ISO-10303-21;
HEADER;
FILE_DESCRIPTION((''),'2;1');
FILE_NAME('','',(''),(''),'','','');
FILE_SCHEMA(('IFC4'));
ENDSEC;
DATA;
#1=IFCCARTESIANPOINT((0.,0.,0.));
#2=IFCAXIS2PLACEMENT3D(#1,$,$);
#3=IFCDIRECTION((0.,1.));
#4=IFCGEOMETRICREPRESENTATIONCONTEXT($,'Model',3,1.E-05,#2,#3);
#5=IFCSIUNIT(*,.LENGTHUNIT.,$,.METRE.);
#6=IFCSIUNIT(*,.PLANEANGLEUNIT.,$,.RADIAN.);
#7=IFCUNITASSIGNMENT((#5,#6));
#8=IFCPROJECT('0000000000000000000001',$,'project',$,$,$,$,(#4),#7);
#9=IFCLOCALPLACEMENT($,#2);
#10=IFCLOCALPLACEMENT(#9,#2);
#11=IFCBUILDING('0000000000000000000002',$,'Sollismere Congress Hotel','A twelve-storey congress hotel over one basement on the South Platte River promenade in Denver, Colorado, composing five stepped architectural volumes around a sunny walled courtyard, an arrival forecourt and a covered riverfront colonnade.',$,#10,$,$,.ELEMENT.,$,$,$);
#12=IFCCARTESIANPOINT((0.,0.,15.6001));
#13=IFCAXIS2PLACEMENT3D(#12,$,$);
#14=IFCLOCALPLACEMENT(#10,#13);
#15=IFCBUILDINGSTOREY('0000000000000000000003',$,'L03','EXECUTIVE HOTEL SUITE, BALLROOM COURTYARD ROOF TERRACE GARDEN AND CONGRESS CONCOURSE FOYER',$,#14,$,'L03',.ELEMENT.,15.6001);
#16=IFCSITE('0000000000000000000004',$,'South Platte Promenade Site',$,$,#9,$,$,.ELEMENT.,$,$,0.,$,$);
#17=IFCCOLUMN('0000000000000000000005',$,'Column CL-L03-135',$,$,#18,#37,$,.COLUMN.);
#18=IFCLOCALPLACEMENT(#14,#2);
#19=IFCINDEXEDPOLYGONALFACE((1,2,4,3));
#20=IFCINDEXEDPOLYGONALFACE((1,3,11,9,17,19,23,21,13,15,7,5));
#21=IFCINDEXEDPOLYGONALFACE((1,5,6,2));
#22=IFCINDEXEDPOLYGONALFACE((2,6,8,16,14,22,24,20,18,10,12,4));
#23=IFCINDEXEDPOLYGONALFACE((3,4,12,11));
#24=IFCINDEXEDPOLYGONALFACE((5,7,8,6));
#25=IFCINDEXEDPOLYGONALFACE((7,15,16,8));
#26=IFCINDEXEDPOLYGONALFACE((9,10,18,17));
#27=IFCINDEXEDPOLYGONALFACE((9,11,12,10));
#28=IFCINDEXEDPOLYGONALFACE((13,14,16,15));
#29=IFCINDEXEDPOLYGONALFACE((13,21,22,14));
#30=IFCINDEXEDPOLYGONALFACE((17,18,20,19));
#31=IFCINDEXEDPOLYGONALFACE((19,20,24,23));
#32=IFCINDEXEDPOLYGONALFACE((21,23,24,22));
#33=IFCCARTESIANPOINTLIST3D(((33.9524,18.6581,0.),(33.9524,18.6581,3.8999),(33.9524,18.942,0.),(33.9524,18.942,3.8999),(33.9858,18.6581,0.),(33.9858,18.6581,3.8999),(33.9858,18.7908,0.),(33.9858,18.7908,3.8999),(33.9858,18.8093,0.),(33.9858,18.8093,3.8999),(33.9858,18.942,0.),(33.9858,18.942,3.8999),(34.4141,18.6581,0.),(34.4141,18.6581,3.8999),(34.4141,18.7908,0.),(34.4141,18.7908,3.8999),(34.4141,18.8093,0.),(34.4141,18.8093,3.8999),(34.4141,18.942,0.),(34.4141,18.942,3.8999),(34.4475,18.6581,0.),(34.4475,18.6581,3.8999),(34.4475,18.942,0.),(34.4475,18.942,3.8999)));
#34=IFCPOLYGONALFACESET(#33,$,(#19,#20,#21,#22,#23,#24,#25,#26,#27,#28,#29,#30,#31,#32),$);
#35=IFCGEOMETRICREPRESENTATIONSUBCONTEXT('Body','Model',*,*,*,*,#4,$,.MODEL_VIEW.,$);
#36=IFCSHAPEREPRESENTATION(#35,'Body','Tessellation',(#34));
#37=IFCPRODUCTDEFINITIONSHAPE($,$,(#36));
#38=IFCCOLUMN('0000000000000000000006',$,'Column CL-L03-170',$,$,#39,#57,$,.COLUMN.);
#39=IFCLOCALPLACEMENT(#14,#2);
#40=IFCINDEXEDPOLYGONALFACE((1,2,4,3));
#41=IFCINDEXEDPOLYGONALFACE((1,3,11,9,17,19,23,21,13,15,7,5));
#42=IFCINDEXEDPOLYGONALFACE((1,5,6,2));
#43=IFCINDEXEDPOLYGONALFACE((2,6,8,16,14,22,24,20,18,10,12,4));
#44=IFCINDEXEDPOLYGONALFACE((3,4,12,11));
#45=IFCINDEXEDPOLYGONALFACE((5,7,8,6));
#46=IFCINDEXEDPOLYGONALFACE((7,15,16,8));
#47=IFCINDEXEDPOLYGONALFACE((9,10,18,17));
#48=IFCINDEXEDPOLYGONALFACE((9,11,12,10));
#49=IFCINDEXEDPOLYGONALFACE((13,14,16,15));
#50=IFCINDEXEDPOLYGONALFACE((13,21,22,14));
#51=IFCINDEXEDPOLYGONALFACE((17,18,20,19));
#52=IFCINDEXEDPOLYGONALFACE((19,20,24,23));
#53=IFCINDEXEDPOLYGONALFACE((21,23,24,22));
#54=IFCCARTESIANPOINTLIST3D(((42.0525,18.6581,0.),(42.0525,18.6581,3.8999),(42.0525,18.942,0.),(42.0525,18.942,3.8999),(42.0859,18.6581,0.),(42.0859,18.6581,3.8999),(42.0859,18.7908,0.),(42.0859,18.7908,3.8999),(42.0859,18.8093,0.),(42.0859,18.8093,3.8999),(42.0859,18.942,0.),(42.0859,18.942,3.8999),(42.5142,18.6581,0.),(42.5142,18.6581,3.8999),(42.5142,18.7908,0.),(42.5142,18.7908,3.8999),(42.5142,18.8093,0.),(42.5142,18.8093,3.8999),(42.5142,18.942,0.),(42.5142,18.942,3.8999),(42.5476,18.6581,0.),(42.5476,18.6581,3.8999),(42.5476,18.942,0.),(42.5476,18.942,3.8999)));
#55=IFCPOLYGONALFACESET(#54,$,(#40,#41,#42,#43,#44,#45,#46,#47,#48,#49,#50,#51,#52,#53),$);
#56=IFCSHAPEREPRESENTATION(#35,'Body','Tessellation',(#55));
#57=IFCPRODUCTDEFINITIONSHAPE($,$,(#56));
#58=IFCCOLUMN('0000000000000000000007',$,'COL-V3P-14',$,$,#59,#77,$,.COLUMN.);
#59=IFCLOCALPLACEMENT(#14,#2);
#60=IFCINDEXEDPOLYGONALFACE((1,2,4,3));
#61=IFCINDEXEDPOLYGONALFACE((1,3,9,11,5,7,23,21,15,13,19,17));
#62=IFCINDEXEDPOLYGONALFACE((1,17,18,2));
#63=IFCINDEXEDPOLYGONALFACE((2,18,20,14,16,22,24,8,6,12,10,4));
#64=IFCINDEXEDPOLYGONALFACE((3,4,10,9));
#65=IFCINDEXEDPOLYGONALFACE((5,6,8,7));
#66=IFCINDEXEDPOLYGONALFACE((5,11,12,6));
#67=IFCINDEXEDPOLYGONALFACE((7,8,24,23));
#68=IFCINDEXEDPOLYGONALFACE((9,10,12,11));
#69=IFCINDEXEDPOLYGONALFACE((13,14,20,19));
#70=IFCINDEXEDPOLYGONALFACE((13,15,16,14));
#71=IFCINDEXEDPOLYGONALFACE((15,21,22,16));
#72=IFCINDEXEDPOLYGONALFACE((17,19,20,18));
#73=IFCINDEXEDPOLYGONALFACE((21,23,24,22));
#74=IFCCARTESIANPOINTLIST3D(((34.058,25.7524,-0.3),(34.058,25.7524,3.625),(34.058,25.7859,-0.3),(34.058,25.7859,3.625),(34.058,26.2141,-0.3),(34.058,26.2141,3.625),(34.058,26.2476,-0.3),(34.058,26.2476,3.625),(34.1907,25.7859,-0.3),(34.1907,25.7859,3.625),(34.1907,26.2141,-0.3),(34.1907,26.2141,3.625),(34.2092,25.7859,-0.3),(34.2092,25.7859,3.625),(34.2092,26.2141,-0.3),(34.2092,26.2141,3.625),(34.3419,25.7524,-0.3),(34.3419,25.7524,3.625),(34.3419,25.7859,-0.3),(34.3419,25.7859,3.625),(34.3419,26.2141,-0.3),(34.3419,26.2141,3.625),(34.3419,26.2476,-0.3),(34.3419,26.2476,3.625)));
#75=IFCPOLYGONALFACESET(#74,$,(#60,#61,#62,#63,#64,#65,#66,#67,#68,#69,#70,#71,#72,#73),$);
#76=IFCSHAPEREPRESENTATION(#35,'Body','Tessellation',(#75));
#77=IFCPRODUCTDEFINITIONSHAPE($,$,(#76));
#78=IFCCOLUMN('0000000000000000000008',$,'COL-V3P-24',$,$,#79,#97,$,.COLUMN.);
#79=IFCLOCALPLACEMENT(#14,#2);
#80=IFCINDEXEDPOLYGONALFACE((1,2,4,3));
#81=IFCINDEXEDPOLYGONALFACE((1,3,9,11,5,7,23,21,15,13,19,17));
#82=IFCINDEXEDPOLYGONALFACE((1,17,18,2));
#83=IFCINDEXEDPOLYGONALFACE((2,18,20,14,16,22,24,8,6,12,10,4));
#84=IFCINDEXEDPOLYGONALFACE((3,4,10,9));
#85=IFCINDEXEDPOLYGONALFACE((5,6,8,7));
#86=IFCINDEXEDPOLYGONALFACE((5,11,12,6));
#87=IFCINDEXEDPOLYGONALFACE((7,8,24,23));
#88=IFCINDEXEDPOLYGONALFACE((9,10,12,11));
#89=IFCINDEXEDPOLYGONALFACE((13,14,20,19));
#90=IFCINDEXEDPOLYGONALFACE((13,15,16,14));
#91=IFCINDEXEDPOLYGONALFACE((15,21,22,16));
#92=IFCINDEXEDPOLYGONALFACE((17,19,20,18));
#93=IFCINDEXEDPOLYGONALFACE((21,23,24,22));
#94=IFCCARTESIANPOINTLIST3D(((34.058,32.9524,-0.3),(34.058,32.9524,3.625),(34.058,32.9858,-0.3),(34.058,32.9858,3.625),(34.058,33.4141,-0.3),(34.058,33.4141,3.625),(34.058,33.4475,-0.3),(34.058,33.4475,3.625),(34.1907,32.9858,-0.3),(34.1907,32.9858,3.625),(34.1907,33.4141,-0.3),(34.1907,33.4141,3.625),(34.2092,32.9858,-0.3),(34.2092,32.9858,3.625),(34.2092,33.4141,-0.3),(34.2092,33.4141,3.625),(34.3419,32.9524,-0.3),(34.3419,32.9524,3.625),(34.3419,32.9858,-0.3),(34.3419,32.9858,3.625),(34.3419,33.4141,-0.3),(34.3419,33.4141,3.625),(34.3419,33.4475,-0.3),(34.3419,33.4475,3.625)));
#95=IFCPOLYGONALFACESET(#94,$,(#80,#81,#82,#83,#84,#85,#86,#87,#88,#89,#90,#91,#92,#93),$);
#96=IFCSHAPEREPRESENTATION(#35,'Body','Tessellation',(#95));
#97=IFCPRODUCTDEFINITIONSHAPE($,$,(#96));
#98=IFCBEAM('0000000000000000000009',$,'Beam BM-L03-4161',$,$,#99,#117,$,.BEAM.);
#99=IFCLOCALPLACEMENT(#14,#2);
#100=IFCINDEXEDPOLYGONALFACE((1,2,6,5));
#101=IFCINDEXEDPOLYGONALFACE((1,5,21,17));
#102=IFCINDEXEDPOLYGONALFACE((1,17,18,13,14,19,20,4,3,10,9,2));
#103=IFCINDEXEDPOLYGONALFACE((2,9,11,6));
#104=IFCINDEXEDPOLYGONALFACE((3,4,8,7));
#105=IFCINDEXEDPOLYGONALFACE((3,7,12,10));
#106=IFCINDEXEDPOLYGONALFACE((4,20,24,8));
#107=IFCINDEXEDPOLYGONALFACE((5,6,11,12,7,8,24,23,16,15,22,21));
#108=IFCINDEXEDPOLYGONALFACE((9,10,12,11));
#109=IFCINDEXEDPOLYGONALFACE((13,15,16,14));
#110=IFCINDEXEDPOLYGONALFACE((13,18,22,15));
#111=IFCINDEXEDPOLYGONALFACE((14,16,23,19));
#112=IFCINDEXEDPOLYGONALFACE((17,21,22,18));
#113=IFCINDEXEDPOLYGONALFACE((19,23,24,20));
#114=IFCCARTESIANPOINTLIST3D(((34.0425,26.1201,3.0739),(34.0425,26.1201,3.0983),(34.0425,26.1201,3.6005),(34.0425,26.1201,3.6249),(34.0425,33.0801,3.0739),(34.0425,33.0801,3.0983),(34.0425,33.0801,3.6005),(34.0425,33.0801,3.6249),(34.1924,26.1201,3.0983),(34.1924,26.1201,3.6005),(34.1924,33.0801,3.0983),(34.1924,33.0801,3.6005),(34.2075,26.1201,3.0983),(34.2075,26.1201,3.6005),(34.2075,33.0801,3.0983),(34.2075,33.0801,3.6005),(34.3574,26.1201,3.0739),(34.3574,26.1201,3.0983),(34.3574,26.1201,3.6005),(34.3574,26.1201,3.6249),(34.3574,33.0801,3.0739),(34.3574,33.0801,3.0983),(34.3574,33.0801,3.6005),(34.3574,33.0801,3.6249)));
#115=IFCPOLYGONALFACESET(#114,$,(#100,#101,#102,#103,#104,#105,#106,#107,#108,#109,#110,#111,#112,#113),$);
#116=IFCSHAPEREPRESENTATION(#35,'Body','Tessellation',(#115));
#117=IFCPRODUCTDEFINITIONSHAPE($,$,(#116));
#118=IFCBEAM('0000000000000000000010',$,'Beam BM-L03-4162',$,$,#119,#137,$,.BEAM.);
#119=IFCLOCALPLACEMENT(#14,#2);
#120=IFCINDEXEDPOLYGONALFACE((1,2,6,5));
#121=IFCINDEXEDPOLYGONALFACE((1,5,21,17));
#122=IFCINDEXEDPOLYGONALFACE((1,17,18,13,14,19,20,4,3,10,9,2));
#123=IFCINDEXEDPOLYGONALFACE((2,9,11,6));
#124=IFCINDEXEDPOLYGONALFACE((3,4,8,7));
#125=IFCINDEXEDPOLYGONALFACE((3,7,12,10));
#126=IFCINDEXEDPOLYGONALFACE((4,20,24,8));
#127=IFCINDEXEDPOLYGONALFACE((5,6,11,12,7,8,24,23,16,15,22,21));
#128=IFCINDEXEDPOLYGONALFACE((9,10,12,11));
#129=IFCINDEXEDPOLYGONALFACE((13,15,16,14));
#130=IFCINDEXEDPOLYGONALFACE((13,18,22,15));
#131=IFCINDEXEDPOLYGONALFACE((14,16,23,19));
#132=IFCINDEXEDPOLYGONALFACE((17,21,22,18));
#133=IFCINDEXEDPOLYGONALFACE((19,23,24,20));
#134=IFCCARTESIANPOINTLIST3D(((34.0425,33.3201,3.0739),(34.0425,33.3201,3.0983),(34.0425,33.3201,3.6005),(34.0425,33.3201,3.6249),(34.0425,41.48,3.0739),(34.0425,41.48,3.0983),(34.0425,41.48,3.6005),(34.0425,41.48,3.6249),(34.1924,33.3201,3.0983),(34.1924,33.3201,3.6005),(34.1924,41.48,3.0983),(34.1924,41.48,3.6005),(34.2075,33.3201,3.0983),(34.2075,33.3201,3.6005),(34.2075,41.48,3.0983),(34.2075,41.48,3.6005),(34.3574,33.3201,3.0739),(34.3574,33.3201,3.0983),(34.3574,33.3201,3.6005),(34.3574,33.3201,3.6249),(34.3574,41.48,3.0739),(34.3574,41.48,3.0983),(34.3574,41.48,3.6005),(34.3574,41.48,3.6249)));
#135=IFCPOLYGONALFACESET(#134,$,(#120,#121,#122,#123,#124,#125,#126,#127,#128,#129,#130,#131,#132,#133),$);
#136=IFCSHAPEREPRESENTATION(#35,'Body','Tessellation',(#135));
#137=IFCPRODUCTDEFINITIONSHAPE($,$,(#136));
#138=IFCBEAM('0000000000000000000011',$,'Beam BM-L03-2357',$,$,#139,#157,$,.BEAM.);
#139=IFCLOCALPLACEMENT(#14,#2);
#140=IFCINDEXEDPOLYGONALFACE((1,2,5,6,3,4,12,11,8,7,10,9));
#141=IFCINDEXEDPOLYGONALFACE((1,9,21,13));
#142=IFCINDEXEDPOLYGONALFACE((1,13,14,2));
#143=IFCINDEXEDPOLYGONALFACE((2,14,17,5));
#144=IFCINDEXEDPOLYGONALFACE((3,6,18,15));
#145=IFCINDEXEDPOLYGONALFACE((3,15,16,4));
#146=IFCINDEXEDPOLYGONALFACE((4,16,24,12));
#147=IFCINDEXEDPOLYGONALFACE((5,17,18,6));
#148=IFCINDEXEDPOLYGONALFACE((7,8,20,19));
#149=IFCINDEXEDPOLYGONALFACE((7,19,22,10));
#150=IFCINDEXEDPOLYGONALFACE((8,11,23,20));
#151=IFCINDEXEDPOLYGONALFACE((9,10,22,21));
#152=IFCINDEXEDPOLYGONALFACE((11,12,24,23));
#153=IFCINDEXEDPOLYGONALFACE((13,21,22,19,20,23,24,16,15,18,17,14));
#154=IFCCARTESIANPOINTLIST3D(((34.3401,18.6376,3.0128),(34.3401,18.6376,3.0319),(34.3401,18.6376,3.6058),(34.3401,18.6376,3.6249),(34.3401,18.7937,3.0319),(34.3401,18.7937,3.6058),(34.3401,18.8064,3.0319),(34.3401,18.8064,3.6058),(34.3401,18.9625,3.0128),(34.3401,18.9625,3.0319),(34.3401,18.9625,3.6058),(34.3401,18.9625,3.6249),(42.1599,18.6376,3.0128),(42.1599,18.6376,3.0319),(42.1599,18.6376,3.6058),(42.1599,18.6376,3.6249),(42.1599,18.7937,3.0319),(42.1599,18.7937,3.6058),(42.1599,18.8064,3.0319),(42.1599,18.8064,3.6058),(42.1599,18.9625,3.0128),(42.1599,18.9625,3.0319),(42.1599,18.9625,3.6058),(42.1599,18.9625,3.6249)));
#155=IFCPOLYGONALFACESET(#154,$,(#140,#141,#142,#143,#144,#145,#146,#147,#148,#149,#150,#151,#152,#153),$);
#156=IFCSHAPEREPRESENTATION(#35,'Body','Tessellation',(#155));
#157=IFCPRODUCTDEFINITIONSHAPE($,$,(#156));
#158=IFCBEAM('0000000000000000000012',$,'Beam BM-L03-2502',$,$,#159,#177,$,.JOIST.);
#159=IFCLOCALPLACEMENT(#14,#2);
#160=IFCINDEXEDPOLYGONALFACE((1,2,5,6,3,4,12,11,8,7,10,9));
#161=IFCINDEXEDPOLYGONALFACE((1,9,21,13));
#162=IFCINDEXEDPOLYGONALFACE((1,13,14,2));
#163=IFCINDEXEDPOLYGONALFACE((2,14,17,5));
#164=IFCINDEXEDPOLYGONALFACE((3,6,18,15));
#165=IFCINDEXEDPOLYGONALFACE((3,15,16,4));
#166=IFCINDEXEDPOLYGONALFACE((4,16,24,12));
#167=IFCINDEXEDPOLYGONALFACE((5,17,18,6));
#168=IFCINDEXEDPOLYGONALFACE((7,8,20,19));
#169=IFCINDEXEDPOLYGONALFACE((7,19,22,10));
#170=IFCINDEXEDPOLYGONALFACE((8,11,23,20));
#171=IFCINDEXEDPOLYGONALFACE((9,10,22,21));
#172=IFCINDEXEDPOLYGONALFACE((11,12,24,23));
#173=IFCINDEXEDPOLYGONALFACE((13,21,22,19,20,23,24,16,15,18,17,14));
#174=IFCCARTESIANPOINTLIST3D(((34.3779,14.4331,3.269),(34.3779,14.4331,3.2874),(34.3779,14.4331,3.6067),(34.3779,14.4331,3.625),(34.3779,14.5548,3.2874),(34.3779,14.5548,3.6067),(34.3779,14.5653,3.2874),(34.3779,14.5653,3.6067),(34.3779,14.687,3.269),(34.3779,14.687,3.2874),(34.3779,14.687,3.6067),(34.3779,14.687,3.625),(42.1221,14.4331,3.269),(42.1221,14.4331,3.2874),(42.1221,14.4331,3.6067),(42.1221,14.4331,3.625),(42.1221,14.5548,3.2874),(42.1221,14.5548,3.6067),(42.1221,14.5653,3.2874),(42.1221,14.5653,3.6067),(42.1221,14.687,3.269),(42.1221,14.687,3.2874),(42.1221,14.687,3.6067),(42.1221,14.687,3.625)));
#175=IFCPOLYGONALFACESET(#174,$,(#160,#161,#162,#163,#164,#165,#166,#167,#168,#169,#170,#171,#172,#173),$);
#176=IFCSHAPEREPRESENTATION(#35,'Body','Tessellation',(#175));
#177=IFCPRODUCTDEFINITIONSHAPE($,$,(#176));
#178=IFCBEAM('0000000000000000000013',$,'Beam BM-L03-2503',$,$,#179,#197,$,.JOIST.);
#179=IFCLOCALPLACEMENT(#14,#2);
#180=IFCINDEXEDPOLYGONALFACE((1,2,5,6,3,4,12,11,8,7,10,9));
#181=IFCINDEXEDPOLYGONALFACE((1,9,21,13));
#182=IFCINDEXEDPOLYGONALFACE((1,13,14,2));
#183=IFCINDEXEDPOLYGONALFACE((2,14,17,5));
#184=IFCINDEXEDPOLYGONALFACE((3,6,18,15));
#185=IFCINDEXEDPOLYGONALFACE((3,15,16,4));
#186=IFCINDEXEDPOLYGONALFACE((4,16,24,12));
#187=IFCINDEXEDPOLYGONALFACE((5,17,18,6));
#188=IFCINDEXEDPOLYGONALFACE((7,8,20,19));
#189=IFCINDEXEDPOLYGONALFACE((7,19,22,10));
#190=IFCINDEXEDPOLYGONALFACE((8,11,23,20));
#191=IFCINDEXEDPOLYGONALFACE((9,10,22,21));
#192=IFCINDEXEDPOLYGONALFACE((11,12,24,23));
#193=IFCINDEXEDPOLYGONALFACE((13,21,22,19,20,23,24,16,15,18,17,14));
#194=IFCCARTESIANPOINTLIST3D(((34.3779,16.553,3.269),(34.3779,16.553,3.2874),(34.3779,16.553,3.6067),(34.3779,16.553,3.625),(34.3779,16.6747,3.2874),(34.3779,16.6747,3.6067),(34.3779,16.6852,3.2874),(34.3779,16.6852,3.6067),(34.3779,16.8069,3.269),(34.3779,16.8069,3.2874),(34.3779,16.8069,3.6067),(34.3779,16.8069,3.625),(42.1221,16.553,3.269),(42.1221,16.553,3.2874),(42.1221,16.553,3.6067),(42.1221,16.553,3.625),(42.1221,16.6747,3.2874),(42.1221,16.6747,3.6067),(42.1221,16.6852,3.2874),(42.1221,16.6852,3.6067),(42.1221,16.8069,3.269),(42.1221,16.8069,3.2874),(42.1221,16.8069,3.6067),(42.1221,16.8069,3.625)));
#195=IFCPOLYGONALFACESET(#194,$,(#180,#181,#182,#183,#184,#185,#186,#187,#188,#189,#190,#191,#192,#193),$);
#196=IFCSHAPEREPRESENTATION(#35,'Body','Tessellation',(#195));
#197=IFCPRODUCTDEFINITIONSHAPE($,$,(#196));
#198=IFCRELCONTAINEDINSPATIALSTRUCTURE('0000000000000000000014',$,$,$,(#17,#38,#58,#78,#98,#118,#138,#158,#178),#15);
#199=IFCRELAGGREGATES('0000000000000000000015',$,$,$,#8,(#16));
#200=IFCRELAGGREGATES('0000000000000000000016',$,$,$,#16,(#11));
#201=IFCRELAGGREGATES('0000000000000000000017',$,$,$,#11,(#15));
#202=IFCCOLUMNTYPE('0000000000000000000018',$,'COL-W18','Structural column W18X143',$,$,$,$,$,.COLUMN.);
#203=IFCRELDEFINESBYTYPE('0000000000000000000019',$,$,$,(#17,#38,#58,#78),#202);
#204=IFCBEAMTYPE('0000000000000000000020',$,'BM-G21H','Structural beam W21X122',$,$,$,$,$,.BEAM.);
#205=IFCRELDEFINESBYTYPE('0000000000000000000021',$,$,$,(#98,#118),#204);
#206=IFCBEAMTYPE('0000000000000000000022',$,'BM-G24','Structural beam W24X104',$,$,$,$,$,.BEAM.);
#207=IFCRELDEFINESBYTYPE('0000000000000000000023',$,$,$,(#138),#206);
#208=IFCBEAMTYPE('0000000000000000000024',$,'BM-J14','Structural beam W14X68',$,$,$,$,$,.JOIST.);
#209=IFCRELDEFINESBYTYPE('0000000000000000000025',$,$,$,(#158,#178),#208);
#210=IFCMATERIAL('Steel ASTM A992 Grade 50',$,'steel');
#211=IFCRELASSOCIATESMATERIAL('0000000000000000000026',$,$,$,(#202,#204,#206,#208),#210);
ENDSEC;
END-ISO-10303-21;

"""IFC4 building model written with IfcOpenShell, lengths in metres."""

from ifc_helpers import new_model, si_unit, direction, frame, origin, origin_2d, place, context, subcontext, project, spatial, i_section, extrude, material, material_profile, profile_set, type_object, element, save


model = new_model("IFC4")

# Units and contexts
model_context = context("Model", 3, precision=1e-05, world=origin(), true_north=direction((0.0, 1.0)))
body_context = subcontext(model_context, "Body", "Model", "MODEL_VIEW")
ifc_project = project(units=[si_unit("LENGTHUNIT", "METRE"), si_unit("PLANEANGLEUNIT", "RADIAN")], contexts=[model_context])

# Site, building, storey
site_placement = place(None, origin())
site = spatial("IfcSite", under=ifc_project, at=site_placement, Name="South Platte Promenade Site", CompositionType="ELEMENT", RefElevation=0.0)
building_placement = place(site_placement, origin())
building = spatial("IfcBuilding", under=site, at=building_placement, Name="Sollismere Congress Hotel", Description="A twelve-storey congress hotel over one basement on the South Platte River promenade in Denver, Colorado, composing five stepped architectural volumes around a sunny walled courtyard, an arrival forecourt and a covered riverfront colonnade.", CompositionType="ELEMENT")
storey_placement = place(building_placement, frame((0.0, 0.0, 15.6001)))
storey = spatial("IfcBuildingStorey", under=building, at=storey_placement, Name="L03", Description="EXECUTIVE HOTEL SUITE, BALLROOM COURTYARD ROOF TERRACE GARDEN AND CONGRESS CONCOURSE FOYER", LongName="L03", CompositionType="ELEMENT", Elevation=15.6001)

# Columns
ifc_material_1 = material(Name="Steel ASTM A992 Grade 50", Category="steel")
ifc_material_profile_1 = material_profile(ifc_material_1, i_section(OverallWidth=0.2839, OverallDepth=0.4951, WebThickness=0.0186, FlangeThickness=0.0334, at=origin_2d()), Name="W18X143")
ifc_profile_set_1 = profile_set([ifc_material_profile_1], Name="Steel ASTM A992 Grade 50")
column_type = type_object("IfcColumnType", Name="COL-W18", Description="Structural column W18X143", PredefinedType="COLUMN", material=ifc_profile_set_1)
for number, where, z_axis, x_axis, name in (
    (1, (34.2, 18.8, 0.0), (0.0, 0.0, 1.0), (0.0, 1.0, 0.0), "Column CL-L03-135"),
    (2, (42.3, 18.8, 0.0), (0.0, 0.0, 1.0), (0.0, 1.0, 0.0), "Column CL-L03-170"),
):
    element("IfcColumn", number, at=place(storey_placement, frame(where, z_axis=z_axis, x_axis=x_axis)), inside=storey, type_object=column_type, Name=name, PredefinedType="COLUMN", context=body_context, shape_type="SweptSolid", body=[
        extrude(i_section(OverallWidth=0.2839, OverallDepth=0.4951, WebThickness=0.0186, FlangeThickness=0.0334, at=origin_2d()), origin(), (0.0, 0.0, 1.0), 3.8999),
    ])
for number, where, z_axis, x_axis, name in (
    (3, (34.2, 26.0, -0.3), (0.0, 0.0, 1.0), (1.0, 0.0, 0.0), "COL-V3P-14"),
    (4, (34.2, 33.2, -0.3), (0.0, 0.0, 1.0), (1.0, 0.0, 0.0), "COL-V3P-24"),
):
    element("IfcColumn", number, at=place(storey_placement, frame(where, z_axis=z_axis, x_axis=x_axis)), inside=storey, type_object=column_type, Name=name, PredefinedType="COLUMN", context=body_context, shape_type="SweptSolid", body=[
        extrude(i_section(OverallWidth=0.2839, OverallDepth=0.4951, WebThickness=0.0186, FlangeThickness=0.0334, at=origin_2d()), origin(), (0.0, 0.0, 1.0), 3.925),
    ])

# Beams
ifc_material_profile_2 = material_profile(ifc_material_1, i_section(OverallWidth=0.3149, OverallDepth=0.551, WebThickness=0.0151, FlangeThickness=0.0244, at=origin_2d()), Name="W21X122")
ifc_profile_set_2 = profile_set([ifc_material_profile_2], Name="Steel ASTM A992 Grade 50")
beam_type_1 = type_object("IfcBeamType", Name="BM-G21H", Description="Structural beam W21X122", PredefinedType="BEAM", material=ifc_profile_set_2)
beam_1_placement = place(storey_placement, frame((34.2, 26.1201, 3.3494), z_axis=(0.0, 1.0, 0.0), x_axis=(-1.0, 0.0, 0.0)))
element("IfcBeam", 5, at=beam_1_placement, inside=storey, type_object=beam_type_1, Name="Beam BM-L03-4161", PredefinedType="BEAM", context=body_context, shape_type="SweptSolid", body=[
    extrude(i_section(OverallWidth=0.3149, OverallDepth=0.551, WebThickness=0.0151, FlangeThickness=0.0244, at=origin_2d()), origin(), (0.0, 0.0, 1.0), 6.96),
])
beam_2_placement = place(storey_placement, frame((34.2, 33.3201, 3.3494), z_axis=(0.0, 1.0, 0.0), x_axis=(-1.0, 0.0, 0.0)))
element("IfcBeam", 6, at=beam_2_placement, inside=storey, type_object=beam_type_1, Name="Beam BM-L03-4162", PredefinedType="BEAM", context=body_context, shape_type="SweptSolid", body=[
    extrude(i_section(OverallWidth=0.3149, OverallDepth=0.551, WebThickness=0.0151, FlangeThickness=0.0244, at=origin_2d()), origin(), (0.0, 0.0, 1.0), 8.1599),
])
ifc_material_profile_3 = material_profile(ifc_material_1, i_section(OverallWidth=0.325, OverallDepth=0.6121, WebThickness=0.0127, FlangeThickness=0.019, at=origin_2d()), Name="W24X104")
ifc_profile_set_3 = profile_set([ifc_material_profile_3], Name="Steel ASTM A992 Grade 50")
beam_type_2 = type_object("IfcBeamType", Name="BM-G24", Description="Structural beam W24X104", PredefinedType="BEAM", material=ifc_profile_set_3)
beam_3_placement = place(storey_placement, frame((34.3401, 18.8, 3.3188), z_axis=(1.0, 0.0, 0.0), x_axis=(0.0, 1.0, 0.0)))
element("IfcBeam", 7, at=beam_3_placement, inside=storey, type_object=beam_type_2, Name="Beam BM-L03-2357", PredefinedType="BEAM", context=body_context, shape_type="SweptSolid", body=[
    extrude(i_section(OverallWidth=0.325, OverallDepth=0.6121, WebThickness=0.0127, FlangeThickness=0.019, at=origin_2d()), origin(), (0.0, 0.0, 1.0), 7.8198),
])
ifc_material_profile_4 = material_profile(ifc_material_1, i_section(OverallWidth=0.2539, OverallDepth=0.356, WebThickness=0.0105, FlangeThickness=0.0183, at=origin_2d()), Name="W14X68")
ifc_profile_set_4 = profile_set([ifc_material_profile_4], Name="Steel ASTM A992 Grade 50")
beam_type_3 = type_object("IfcBeamType", Name="BM-J14", Description="Structural beam W14X68", PredefinedType="JOIST", material=ifc_profile_set_4)
for number, where, z_axis, x_axis, name in (
    (8, (34.3779, 14.5601, 3.447), (1.0, 0.0, 0.0), (0.0, 1.0, 0.0), "Beam BM-L03-2502"),
    (9, (34.3779, 16.6799, 3.447), (1.0, 0.0, 0.0), (0.0, 1.0, 0.0), "Beam BM-L03-2503"),
):
    element("IfcBeam", number, at=place(storey_placement, frame(where, z_axis=z_axis, x_axis=x_axis)), inside=storey, type_object=beam_type_3, Name=name, PredefinedType="JOIST", context=body_context, shape_type="SweptSolid", body=[
        extrude(i_section(OverallWidth=0.2539, OverallDepth=0.356, WebThickness=0.0105, FlangeThickness=0.0183, at=origin_2d()), origin(), (0.0, 0.0, 1.0), 7.7441),
    ])

save(model, "model.ifc")
